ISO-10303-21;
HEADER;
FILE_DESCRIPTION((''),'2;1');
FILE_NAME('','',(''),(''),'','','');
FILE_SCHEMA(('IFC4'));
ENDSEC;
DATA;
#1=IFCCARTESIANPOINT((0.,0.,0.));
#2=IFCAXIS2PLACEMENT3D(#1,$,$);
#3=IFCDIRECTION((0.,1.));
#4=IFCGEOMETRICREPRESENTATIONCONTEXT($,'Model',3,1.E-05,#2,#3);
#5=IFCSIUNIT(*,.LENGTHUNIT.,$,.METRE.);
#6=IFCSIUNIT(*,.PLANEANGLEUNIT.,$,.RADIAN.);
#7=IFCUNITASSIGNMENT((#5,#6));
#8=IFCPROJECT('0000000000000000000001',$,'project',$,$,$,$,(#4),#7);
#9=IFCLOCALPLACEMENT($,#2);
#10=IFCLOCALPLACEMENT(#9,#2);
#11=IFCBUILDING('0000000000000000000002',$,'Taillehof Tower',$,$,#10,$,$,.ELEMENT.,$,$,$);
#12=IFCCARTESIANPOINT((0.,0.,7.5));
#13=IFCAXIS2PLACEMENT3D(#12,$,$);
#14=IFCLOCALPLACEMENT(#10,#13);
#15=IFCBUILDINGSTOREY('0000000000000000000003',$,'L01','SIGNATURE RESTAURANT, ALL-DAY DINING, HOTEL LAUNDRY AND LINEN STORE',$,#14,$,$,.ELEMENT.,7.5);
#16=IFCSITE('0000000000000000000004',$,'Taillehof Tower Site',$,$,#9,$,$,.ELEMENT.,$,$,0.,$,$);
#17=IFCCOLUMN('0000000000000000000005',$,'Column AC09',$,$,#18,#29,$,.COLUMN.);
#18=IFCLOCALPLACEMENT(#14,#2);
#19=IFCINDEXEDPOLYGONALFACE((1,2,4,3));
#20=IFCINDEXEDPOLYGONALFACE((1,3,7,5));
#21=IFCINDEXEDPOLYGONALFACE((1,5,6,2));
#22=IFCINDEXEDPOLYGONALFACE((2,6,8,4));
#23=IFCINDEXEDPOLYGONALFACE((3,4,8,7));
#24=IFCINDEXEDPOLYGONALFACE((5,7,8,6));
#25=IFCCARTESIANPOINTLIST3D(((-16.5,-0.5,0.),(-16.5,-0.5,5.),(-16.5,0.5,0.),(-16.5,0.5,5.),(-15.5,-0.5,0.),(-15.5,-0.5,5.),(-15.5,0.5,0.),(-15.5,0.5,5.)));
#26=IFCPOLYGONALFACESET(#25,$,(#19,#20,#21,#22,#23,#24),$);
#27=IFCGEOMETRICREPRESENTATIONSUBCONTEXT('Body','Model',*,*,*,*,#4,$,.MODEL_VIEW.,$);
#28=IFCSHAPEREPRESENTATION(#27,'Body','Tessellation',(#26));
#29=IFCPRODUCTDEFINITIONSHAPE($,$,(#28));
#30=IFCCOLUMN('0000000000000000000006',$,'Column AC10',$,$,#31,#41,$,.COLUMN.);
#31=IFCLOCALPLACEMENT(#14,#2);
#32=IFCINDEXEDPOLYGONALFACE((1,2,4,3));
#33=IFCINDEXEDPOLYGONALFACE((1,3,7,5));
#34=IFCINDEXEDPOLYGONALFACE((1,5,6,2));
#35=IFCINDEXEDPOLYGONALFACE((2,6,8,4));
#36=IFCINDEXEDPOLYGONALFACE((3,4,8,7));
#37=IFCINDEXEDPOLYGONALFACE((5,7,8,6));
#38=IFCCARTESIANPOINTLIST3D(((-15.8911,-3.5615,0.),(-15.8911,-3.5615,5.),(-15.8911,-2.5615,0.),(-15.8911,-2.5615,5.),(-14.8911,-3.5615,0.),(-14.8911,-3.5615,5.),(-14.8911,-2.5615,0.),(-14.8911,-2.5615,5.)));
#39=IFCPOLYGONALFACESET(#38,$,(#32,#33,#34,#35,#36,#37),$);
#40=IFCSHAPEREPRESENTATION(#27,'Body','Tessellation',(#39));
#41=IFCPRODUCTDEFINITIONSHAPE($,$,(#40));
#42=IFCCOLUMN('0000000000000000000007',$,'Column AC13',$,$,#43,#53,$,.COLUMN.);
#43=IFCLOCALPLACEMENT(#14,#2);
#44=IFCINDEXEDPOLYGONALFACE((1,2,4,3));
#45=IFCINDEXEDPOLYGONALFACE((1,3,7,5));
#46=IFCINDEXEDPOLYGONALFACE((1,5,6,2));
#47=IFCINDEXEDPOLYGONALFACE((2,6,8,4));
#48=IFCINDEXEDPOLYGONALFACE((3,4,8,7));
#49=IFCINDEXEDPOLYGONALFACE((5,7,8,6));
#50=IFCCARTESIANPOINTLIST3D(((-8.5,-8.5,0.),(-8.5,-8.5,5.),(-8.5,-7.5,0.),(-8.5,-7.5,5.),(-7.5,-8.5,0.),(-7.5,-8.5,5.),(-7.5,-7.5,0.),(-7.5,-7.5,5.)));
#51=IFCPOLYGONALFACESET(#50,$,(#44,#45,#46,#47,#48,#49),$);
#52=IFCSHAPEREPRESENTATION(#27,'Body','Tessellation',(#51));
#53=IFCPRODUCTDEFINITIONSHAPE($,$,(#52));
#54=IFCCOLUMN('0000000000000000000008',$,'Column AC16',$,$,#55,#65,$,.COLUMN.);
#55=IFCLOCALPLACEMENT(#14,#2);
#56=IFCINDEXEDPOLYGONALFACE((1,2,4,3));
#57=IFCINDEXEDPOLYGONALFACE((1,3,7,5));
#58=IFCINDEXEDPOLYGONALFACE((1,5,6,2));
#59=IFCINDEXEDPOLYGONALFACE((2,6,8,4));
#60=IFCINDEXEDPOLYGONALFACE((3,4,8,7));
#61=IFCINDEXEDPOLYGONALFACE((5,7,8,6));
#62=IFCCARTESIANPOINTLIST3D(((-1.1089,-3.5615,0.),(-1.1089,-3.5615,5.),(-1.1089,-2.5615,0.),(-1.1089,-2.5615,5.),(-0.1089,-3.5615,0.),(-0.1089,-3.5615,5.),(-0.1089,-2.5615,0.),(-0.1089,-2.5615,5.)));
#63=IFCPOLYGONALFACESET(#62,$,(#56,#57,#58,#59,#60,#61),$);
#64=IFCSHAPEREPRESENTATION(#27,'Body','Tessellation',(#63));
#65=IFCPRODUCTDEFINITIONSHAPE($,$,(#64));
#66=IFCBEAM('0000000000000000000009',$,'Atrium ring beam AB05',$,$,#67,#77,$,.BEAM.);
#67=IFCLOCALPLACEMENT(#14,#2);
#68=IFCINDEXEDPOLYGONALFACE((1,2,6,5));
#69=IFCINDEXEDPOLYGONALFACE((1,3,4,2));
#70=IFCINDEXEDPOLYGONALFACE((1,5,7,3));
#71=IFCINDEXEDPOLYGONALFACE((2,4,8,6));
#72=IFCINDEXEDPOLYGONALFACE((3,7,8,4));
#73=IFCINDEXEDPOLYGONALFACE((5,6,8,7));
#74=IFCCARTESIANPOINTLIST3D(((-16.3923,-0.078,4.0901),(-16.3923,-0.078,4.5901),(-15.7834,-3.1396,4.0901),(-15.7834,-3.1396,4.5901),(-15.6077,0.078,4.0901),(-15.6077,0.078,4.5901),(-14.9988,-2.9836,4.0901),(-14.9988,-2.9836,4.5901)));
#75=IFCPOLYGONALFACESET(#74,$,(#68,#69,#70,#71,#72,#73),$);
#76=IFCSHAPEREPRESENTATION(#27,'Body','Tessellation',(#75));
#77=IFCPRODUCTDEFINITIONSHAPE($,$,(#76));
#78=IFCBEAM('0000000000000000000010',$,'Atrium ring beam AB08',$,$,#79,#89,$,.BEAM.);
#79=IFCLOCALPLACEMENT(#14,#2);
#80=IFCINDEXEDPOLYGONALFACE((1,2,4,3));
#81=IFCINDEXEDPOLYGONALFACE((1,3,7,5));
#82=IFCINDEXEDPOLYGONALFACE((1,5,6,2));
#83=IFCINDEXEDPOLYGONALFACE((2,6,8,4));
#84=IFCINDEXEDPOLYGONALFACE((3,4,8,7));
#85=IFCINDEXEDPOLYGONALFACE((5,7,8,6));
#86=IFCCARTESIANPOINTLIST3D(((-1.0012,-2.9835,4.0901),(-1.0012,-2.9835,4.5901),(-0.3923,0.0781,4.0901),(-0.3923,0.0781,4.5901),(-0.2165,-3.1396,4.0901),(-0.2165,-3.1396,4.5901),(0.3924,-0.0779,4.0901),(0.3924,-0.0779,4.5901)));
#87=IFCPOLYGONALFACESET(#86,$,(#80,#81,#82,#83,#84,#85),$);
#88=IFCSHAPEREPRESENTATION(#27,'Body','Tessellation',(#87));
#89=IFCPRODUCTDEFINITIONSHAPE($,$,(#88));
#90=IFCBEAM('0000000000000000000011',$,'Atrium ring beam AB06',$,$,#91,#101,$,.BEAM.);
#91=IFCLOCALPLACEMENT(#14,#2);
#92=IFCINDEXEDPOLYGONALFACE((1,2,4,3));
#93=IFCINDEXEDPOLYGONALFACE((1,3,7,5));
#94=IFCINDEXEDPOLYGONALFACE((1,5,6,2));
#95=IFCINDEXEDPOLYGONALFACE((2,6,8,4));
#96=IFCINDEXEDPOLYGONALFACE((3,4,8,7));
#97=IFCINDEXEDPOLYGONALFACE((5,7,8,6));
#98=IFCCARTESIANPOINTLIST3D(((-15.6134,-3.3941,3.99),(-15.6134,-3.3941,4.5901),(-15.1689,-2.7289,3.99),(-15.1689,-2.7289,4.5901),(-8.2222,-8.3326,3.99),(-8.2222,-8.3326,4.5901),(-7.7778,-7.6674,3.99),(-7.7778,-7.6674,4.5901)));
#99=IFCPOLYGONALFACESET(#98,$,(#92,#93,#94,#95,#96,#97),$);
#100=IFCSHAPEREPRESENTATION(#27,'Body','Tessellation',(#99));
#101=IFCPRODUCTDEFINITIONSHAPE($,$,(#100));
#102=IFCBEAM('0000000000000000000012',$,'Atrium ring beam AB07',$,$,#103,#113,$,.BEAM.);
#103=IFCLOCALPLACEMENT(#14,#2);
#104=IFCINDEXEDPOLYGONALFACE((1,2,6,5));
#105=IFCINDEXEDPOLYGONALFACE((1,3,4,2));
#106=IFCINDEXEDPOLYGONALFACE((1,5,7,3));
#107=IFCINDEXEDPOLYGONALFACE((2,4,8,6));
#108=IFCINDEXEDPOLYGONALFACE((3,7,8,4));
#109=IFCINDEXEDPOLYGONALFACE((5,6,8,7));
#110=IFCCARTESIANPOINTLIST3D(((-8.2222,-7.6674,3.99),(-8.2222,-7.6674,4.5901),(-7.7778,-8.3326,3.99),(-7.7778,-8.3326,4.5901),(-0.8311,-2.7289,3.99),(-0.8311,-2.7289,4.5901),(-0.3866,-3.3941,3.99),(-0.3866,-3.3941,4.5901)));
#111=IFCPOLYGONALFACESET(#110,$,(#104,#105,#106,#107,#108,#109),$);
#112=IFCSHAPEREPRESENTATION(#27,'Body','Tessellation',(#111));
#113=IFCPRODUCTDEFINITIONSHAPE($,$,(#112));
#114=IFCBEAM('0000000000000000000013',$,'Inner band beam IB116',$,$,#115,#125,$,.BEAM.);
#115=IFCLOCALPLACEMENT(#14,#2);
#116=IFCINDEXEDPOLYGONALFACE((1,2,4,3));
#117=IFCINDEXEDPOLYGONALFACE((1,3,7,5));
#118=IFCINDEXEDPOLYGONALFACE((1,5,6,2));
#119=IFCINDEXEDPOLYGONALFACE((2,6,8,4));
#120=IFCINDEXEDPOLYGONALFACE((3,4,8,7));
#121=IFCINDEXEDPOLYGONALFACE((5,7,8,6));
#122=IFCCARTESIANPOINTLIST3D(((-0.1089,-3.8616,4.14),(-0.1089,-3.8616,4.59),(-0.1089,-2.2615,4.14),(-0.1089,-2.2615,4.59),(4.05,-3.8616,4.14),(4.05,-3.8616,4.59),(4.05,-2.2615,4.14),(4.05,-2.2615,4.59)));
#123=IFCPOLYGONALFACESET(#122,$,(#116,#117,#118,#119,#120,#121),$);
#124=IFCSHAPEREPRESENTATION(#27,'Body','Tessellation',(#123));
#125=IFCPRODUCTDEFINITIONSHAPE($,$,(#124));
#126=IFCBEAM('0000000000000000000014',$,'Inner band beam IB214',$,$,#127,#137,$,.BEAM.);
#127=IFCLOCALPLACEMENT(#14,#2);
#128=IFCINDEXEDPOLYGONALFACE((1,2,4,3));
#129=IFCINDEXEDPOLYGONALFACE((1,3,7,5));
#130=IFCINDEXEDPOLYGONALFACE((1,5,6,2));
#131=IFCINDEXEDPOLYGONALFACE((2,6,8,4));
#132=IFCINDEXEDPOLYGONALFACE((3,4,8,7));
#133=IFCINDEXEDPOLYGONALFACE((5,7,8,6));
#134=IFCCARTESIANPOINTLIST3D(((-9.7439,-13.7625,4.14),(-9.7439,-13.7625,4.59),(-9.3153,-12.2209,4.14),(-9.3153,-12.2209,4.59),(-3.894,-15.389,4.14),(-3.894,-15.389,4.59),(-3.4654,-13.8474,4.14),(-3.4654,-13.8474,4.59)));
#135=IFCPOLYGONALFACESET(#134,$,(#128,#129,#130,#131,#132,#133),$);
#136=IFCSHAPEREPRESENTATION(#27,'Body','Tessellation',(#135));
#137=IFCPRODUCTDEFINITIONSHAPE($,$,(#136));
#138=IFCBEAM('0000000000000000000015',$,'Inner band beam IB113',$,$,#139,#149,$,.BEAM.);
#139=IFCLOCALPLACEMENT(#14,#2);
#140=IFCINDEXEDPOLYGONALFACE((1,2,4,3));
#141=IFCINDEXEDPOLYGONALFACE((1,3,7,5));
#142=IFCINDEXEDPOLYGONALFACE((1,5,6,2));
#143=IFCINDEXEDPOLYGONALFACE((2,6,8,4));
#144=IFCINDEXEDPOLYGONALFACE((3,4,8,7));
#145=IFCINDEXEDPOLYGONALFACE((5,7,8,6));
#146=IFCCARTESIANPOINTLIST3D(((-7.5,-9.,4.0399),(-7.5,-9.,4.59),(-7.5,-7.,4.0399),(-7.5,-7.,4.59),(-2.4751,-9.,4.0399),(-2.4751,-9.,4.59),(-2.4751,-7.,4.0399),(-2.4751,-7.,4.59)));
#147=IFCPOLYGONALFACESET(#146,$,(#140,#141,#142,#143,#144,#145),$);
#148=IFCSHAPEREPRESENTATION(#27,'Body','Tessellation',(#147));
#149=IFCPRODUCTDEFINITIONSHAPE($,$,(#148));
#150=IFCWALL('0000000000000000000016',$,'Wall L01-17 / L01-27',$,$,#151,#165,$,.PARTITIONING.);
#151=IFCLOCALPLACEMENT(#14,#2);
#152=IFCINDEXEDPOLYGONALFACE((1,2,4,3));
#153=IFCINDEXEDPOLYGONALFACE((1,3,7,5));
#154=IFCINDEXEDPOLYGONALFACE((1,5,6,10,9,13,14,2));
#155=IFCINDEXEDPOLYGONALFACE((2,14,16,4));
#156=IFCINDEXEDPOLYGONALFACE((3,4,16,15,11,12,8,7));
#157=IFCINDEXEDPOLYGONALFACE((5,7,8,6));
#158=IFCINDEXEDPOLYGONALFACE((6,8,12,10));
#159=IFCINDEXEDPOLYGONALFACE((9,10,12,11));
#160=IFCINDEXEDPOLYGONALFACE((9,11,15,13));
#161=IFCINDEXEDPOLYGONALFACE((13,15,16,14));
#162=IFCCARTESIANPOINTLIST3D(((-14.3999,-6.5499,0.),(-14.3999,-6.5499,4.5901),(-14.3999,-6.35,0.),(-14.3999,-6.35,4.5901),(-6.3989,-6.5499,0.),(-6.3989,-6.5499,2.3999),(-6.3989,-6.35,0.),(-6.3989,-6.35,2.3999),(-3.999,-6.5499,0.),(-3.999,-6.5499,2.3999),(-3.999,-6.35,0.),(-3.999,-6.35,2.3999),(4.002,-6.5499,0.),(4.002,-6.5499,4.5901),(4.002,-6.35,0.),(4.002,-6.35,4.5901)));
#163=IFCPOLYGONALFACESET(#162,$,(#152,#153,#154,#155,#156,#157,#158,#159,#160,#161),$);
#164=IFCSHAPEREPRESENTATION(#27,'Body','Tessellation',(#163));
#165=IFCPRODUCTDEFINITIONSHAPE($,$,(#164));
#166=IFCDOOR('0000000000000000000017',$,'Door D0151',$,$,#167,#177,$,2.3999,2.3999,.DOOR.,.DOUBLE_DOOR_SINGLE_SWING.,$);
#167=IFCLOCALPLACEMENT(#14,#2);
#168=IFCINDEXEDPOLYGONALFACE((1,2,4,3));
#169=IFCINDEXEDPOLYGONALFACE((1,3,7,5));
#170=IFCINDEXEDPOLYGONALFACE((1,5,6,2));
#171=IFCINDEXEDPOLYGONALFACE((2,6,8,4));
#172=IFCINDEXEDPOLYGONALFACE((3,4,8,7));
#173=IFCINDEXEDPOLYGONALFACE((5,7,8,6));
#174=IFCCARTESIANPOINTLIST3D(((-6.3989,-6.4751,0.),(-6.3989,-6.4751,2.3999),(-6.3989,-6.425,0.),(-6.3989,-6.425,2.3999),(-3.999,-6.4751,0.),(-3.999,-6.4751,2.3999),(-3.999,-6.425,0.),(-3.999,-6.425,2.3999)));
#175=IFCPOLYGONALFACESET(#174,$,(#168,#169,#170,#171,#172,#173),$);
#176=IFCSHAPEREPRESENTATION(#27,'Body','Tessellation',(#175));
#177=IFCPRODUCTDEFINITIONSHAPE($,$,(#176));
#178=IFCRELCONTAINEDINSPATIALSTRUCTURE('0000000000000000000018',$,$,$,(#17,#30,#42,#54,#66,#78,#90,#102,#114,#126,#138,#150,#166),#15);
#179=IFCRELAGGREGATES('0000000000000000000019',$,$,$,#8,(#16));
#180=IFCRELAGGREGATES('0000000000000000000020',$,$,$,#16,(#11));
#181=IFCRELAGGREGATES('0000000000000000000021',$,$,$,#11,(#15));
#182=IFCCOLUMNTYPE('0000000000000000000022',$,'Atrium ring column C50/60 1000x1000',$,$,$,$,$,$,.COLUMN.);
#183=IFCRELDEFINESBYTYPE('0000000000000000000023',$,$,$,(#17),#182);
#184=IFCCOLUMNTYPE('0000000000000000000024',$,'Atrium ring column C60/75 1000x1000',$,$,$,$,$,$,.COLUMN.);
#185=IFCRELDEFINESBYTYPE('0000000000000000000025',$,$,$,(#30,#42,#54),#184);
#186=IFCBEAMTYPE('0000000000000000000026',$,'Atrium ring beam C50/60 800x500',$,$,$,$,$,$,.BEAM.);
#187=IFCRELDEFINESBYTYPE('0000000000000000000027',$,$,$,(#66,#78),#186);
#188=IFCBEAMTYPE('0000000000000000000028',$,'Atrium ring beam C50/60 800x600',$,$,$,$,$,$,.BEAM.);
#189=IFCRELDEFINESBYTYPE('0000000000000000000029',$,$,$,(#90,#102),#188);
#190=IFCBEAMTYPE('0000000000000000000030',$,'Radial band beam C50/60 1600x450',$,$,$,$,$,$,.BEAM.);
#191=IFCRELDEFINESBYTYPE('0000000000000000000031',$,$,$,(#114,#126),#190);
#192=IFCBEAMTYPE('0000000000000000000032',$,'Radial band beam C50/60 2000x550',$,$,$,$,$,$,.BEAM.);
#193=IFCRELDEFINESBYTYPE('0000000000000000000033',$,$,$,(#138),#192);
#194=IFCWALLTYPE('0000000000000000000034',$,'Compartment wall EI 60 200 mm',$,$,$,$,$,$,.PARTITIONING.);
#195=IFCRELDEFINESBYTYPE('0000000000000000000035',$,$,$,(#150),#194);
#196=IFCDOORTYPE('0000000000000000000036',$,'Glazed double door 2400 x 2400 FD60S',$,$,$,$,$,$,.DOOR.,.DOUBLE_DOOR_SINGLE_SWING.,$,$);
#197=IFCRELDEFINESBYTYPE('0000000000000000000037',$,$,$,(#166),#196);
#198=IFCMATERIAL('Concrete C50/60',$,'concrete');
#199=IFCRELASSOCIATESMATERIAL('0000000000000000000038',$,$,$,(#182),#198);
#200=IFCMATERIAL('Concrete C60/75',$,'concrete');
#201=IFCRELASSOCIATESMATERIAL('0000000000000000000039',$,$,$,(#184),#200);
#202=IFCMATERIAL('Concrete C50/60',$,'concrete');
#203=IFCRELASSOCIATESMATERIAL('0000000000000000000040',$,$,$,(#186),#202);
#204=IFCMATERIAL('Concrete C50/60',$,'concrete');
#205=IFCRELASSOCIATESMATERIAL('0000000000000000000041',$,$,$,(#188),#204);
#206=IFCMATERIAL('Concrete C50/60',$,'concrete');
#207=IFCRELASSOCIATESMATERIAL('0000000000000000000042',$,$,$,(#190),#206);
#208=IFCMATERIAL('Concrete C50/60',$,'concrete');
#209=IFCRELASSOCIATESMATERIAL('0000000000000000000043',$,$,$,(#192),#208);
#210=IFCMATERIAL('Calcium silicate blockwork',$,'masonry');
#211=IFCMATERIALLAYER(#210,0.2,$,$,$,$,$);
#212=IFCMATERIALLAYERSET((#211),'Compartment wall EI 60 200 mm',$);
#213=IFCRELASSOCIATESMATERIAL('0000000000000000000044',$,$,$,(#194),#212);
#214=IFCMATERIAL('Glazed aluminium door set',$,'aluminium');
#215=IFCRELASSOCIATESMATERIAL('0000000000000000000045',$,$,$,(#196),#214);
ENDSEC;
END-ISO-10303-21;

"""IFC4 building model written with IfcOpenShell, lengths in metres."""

from ifc_helpers import new_model, si_unit, direction, frame, frame_2d, origin, origin_2d, place, context, subcontext, project, spatial, rectangle, extrude, material, layer, layer_set, material_profile, profile_set, type_object, element, fill, save


model = new_model("IFC4")

# Units and contexts
model_context = context("Model", 3, precision=1e-05, world=origin(), true_north=direction((0.0, 1.0)))
body_context = subcontext(model_context, "Body", "Model", "MODEL_VIEW")
ifc_project = project(units=[si_unit("LENGTHUNIT", "METRE"), si_unit("PLANEANGLEUNIT", "RADIAN")], contexts=[model_context])

# Site, building, storey
site_placement = place(None, origin())
site = spatial("IfcSite", under=ifc_project, at=site_placement, Name="Taillehof Tower Site", CompositionType="ELEMENT", RefElevation=0.0)
building_placement = place(site_placement, origin())
building = spatial("IfcBuilding", under=site, at=building_placement, Name="Taillehof Tower", CompositionType="ELEMENT")
storey_placement = place(building_placement, frame((0.0, 0.0, 7.5)))
storey = spatial("IfcBuildingStorey", under=building, at=storey_placement, Name="L01", Description="SIGNATURE RESTAURANT, ALL-DAY DINING, HOTEL LAUNDRY AND LINEN STORE", CompositionType="ELEMENT", Elevation=7.5)

# Columns
ifc_material_1 = material(Name="Concrete C50/60", Category="concrete")
ifc_material_profile_1 = material_profile(ifc_material_1, rectangle(XDim=1.0, YDim=1.0, at=origin_2d()), Name="RC 1000x1000")
ifc_profile_set_1 = profile_set([ifc_material_profile_1], Name="Concrete C50/60")
column_type_1 = type_object("IfcColumnType", Name="Atrium ring column C50/60 1000x1000", PredefinedType="COLUMN", material=ifc_profile_set_1)
column_placement = place(storey_placement, frame((-16.0, 0.0, 0.0), z_axis=(0.0, 0.0, 1.0), x_axis=(1.0, 0.0, 0.0)))
element("IfcColumn", 1, at=column_placement, inside=storey, type_object=column_type_1, Name="Column AC09", PredefinedType="COLUMN", context=body_context, shape_type="SweptSolid", body=[
    extrude(rectangle(XDim=1.0, YDim=1.0, at=origin_2d()), origin(), (0.0, 0.0, 1.0), 5.0),
])
ifc_material_2 = material(Name="Concrete C60/75", Category="concrete")
ifc_material_profile_2 = material_profile(ifc_material_2, rectangle(XDim=1.0, YDim=1.0, at=origin_2d()), Name="RC 1000x1000")
ifc_profile_set_2 = profile_set([ifc_material_profile_2], Name="Concrete C60/75")
column_type_2 = type_object("IfcColumnType", Name="Atrium ring column C60/75 1000x1000", PredefinedType="COLUMN", material=ifc_profile_set_2)
for number, where, z_axis, x_axis, name in (
    (2, (-15.3911, -3.0615, 0.0), (0.0, 0.0, 1.0), (1.0, 0.0, 0.0), "Column AC10"),
    (3, (-8.0, -8.0, 0.0), (0.0, 0.0, 1.0), (1.0, 0.0, 0.0), "Column AC13"),
    (4, (-0.6089, -3.0615, 0.0), (0.0, 0.0, 1.0), (1.0, 0.0, 0.0), "Column AC16"),
):
    element("IfcColumn", number, at=place(storey_placement, frame(where, z_axis=z_axis, x_axis=x_axis)), inside=storey, type_object=column_type_2, Name=name, PredefinedType="COLUMN", context=body_context, shape_type="SweptSolid", body=[
        extrude(rectangle(XDim=1.0, YDim=1.0, at=origin_2d()), origin(), (0.0, 0.0, 1.0), 5.0),
    ])

# Beams
ifc_material_3 = material(Name="Concrete C50/60", Category="concrete")
ifc_material_profile_3 = material_profile(ifc_material_3, rectangle(XDim=0.8, YDim=0.5, at=origin_2d()), Name="RC 800x500")
ifc_profile_set_3 = profile_set([ifc_material_profile_3], Name="Concrete C50/60")
beam_type_1 = type_object("IfcBeamType", Name="Atrium ring beam C50/60 800x500", PredefinedType="BEAM", material=ifc_profile_set_3)
for number, where, z_axis, x_axis, name in (
    (5, (-16.0, 0.0, 4.3401), (0.195063, -0.980791, 0.0), (0.980791, 0.195063, 0.0), "Atrium ring beam AB05"),
    (6, (-0.6089, -3.0615, 4.3401), (0.195063, 0.980791, 0.0), (-0.980791, 0.195063, 0.0), "Atrium ring beam AB08"),
):
    element("IfcBeam", number, at=place(storey_placement, frame(where, z_axis=z_axis, x_axis=x_axis)), inside=storey, type_object=beam_type_1, Name=name, PredefinedType="BEAM", context=body_context, shape_type="SweptSolid", body=[
        extrude(rectangle(XDim=0.8, YDim=0.5, at=origin_2d()), origin(), (0.0, 0.0, 1.0), 3.1216),
    ])
ifc_material_4 = material(Name="Concrete C50/60", Category="concrete")
ifc_material_profile_4 = material_profile(ifc_material_4, rectangle(XDim=0.8, YDim=0.6001, at=origin_2d()), Name="RC 800x600")
ifc_profile_set_4 = profile_set([ifc_material_profile_4], Name="Concrete C50/60")
beam_type_2 = type_object("IfcBeamType", Name="Atrium ring beam C50/60 800x600", PredefinedType="BEAM", material=ifc_profile_set_4)
for number, where, z_axis, x_axis, name in (
    (7, (-15.3911, -3.0615, 4.29), (0.831475, -0.555562, 0.0), (0.555562, 0.831475, 0.0), "Atrium ring beam AB06"),
    (8, (-8.0, -8.0, 4.29), (0.831475, 0.555562, 0.0), (-0.555562, 0.831475, 0.0), "Atrium ring beam AB07"),
):
    element("IfcBeam", number, at=place(storey_placement, frame(where, z_axis=z_axis, x_axis=x_axis)), inside=storey, type_object=beam_type_2, Name=name, PredefinedType="BEAM", context=body_context, shape_type="SweptSolid", body=[
        extrude(rectangle(XDim=0.8, YDim=0.6001, at=origin_2d()), origin(), (0.0, 0.0, 1.0), 8.8892),
    ])
ifc_material_5 = material(Name="Concrete C50/60", Category="concrete")
ifc_material_profile_5 = material_profile(ifc_material_5, rectangle(XDim=1.6001, YDim=0.45, at=origin_2d()), Name="RC 1600x450")
ifc_profile_set_5 = profile_set([ifc_material_profile_5], Name="Concrete C50/60")
beam_type_3 = type_object("IfcBeamType", Name="Radial band beam C50/60 1600x450", PredefinedType="BEAM", material=ifc_profile_set_5)
beam_1_placement = place(storey_placement, frame((-0.1089, -3.0615, 4.365), z_axis=(1.0, 0.0, 0.0), x_axis=(0.0, 1.0, 0.0)))
element("IfcBeam", 9, at=beam_1_placement, inside=storey, type_object=beam_type_3, Name="Inner band beam IB116", PredefinedType="BEAM", context=body_context, shape_type="SweptSolid", body=[
    extrude(rectangle(XDim=1.6001, YDim=0.45, at=origin_2d()), origin(), (0.0, 0.0, 1.0), 4.1589),
])
beam_2_placement = place(storey_placement, frame((-3.6797, -14.6182, 4.365), z_axis=(-0.963454, 0.267874, 0.0), x_axis=(-0.267874, -0.963454, 0.0)))
element("IfcBeam", 10, at=beam_2_placement, inside=storey, type_object=beam_type_3, Name="Inner band beam IB214", PredefinedType="BEAM", context=body_context, shape_type="SweptSolid", body=[
    extrude(rectangle(XDim=1.6001, YDim=0.45, at=origin_2d()), origin(), (0.0, 0.0, 1.0), 6.0718),
])
ifc_material_6 = material(Name="Concrete C50/60", Category="concrete")
ifc_material_profile_6 = material_profile(ifc_material_6, rectangle(XDim=2.0, YDim=0.55, at=origin_2d()), Name="RC 2000x550")
ifc_profile_set_6 = profile_set([ifc_material_profile_6], Name="Concrete C50/60")
beam_type_4 = type_object("IfcBeamType", Name="Radial band beam C50/60 2000x550", PredefinedType="BEAM", material=ifc_profile_set_6)
beam_3_placement = place(storey_placement, frame((-7.5, -8.0, 4.3149), z_axis=(1.0, 0.0, 0.0), x_axis=(0.0, 1.0, 0.0)))
element("IfcBeam", 11, at=beam_3_placement, inside=storey, type_object=beam_type_4, Name="Inner band beam IB113", PredefinedType="BEAM", context=body_context, shape_type="SweptSolid", body=[
    extrude(rectangle(XDim=2.0, YDim=0.55, at=origin_2d()), origin(), (0.0, 0.0, 1.0), 5.0249),
])

# Wall, opening, door
ifc_material_7 = material(Name="Calcium silicate blockwork", Category="masonry")
ifc_layer_1 = layer(ifc_material_7, 0.2)
ifc_layer_set_1 = layer_set([ifc_layer_1], Name="Compartment wall EI 60 200 mm")
wall_type_1 = type_object("IfcWallType", Name="Compartment wall EI 60 200 mm", PredefinedType="PARTITIONING", material=ifc_layer_set_1)
wall_1_placement = place(storey_placement, frame((-14.3999, -6.45, 0.0), z_axis=(0.0, 0.0, 1.0), x_axis=(1.0, 0.0, 0.0)))
wall_1 = element("IfcWall", 12, at=wall_1_placement, inside=storey, type_object=wall_type_1, Name="Wall L01-17 / L01-27", PredefinedType="PARTITIONING", context=body_context, shape_type="SweptSolid", body=[
    extrude(rectangle(XDim=18.4019, YDim=0.2, at=frame_2d((9.2009, 0.0))), origin(), (0.0, 0.0, 1.0), 4.5901),
])
opening_1_placement = place(wall_1_placement, frame((8.001, 0.0, 0.0)))
opening_1 = element("IfcOpeningElement", 13, at=opening_1_placement, cuts=wall_1, PredefinedType="OPENING", context=body_context, shape_type="SweptSolid", body=[
    extrude(rectangle(XDim=2.3999, YDim=2.3999, at=frame_2d((1.2, 1.2))), frame((0.0, 0.1099, 0.0), z_axis=(0.0, -1.0, 0.0), x_axis=(1.0, 0.0, 0.0)), (0.0, 0.0, 1.0), 0.22),
])
ifc_material_8 = material(Name="Glazed aluminium door set", Category="aluminium")
door_type_1 = type_object("IfcDoorType", Name="Glazed double door 2400 x 2400 FD60S", OperationType="DOUBLE_DOOR_SINGLE_SWING", PredefinedType="DOOR", material=ifc_material_8)
door_1_placement = place(opening_1_placement, origin())
door_1 = element("IfcDoor", 14, at=door_1_placement, inside=storey, type_object=door_type_1, Name="Door D0151", OperationType="DOUBLE_DOOR_SINGLE_SWING", OverallHeight=2.3999, OverallWidth=2.3999, PredefinedType="DOOR", context=body_context, shape_type="SweptSolid", body=[
    extrude(rectangle(XDim=2.3999, YDim=2.3999, at=frame_2d((1.2, 1.2))), frame((0.0, 0.0249, 0.0), z_axis=(0.0, -1.0, 0.0), x_axis=(1.0, 0.0, 0.0)), (0.0, 0.0, 1.0), 0.05),
])
fill(opening_1, door_1)

save(model, "model.ifc")
